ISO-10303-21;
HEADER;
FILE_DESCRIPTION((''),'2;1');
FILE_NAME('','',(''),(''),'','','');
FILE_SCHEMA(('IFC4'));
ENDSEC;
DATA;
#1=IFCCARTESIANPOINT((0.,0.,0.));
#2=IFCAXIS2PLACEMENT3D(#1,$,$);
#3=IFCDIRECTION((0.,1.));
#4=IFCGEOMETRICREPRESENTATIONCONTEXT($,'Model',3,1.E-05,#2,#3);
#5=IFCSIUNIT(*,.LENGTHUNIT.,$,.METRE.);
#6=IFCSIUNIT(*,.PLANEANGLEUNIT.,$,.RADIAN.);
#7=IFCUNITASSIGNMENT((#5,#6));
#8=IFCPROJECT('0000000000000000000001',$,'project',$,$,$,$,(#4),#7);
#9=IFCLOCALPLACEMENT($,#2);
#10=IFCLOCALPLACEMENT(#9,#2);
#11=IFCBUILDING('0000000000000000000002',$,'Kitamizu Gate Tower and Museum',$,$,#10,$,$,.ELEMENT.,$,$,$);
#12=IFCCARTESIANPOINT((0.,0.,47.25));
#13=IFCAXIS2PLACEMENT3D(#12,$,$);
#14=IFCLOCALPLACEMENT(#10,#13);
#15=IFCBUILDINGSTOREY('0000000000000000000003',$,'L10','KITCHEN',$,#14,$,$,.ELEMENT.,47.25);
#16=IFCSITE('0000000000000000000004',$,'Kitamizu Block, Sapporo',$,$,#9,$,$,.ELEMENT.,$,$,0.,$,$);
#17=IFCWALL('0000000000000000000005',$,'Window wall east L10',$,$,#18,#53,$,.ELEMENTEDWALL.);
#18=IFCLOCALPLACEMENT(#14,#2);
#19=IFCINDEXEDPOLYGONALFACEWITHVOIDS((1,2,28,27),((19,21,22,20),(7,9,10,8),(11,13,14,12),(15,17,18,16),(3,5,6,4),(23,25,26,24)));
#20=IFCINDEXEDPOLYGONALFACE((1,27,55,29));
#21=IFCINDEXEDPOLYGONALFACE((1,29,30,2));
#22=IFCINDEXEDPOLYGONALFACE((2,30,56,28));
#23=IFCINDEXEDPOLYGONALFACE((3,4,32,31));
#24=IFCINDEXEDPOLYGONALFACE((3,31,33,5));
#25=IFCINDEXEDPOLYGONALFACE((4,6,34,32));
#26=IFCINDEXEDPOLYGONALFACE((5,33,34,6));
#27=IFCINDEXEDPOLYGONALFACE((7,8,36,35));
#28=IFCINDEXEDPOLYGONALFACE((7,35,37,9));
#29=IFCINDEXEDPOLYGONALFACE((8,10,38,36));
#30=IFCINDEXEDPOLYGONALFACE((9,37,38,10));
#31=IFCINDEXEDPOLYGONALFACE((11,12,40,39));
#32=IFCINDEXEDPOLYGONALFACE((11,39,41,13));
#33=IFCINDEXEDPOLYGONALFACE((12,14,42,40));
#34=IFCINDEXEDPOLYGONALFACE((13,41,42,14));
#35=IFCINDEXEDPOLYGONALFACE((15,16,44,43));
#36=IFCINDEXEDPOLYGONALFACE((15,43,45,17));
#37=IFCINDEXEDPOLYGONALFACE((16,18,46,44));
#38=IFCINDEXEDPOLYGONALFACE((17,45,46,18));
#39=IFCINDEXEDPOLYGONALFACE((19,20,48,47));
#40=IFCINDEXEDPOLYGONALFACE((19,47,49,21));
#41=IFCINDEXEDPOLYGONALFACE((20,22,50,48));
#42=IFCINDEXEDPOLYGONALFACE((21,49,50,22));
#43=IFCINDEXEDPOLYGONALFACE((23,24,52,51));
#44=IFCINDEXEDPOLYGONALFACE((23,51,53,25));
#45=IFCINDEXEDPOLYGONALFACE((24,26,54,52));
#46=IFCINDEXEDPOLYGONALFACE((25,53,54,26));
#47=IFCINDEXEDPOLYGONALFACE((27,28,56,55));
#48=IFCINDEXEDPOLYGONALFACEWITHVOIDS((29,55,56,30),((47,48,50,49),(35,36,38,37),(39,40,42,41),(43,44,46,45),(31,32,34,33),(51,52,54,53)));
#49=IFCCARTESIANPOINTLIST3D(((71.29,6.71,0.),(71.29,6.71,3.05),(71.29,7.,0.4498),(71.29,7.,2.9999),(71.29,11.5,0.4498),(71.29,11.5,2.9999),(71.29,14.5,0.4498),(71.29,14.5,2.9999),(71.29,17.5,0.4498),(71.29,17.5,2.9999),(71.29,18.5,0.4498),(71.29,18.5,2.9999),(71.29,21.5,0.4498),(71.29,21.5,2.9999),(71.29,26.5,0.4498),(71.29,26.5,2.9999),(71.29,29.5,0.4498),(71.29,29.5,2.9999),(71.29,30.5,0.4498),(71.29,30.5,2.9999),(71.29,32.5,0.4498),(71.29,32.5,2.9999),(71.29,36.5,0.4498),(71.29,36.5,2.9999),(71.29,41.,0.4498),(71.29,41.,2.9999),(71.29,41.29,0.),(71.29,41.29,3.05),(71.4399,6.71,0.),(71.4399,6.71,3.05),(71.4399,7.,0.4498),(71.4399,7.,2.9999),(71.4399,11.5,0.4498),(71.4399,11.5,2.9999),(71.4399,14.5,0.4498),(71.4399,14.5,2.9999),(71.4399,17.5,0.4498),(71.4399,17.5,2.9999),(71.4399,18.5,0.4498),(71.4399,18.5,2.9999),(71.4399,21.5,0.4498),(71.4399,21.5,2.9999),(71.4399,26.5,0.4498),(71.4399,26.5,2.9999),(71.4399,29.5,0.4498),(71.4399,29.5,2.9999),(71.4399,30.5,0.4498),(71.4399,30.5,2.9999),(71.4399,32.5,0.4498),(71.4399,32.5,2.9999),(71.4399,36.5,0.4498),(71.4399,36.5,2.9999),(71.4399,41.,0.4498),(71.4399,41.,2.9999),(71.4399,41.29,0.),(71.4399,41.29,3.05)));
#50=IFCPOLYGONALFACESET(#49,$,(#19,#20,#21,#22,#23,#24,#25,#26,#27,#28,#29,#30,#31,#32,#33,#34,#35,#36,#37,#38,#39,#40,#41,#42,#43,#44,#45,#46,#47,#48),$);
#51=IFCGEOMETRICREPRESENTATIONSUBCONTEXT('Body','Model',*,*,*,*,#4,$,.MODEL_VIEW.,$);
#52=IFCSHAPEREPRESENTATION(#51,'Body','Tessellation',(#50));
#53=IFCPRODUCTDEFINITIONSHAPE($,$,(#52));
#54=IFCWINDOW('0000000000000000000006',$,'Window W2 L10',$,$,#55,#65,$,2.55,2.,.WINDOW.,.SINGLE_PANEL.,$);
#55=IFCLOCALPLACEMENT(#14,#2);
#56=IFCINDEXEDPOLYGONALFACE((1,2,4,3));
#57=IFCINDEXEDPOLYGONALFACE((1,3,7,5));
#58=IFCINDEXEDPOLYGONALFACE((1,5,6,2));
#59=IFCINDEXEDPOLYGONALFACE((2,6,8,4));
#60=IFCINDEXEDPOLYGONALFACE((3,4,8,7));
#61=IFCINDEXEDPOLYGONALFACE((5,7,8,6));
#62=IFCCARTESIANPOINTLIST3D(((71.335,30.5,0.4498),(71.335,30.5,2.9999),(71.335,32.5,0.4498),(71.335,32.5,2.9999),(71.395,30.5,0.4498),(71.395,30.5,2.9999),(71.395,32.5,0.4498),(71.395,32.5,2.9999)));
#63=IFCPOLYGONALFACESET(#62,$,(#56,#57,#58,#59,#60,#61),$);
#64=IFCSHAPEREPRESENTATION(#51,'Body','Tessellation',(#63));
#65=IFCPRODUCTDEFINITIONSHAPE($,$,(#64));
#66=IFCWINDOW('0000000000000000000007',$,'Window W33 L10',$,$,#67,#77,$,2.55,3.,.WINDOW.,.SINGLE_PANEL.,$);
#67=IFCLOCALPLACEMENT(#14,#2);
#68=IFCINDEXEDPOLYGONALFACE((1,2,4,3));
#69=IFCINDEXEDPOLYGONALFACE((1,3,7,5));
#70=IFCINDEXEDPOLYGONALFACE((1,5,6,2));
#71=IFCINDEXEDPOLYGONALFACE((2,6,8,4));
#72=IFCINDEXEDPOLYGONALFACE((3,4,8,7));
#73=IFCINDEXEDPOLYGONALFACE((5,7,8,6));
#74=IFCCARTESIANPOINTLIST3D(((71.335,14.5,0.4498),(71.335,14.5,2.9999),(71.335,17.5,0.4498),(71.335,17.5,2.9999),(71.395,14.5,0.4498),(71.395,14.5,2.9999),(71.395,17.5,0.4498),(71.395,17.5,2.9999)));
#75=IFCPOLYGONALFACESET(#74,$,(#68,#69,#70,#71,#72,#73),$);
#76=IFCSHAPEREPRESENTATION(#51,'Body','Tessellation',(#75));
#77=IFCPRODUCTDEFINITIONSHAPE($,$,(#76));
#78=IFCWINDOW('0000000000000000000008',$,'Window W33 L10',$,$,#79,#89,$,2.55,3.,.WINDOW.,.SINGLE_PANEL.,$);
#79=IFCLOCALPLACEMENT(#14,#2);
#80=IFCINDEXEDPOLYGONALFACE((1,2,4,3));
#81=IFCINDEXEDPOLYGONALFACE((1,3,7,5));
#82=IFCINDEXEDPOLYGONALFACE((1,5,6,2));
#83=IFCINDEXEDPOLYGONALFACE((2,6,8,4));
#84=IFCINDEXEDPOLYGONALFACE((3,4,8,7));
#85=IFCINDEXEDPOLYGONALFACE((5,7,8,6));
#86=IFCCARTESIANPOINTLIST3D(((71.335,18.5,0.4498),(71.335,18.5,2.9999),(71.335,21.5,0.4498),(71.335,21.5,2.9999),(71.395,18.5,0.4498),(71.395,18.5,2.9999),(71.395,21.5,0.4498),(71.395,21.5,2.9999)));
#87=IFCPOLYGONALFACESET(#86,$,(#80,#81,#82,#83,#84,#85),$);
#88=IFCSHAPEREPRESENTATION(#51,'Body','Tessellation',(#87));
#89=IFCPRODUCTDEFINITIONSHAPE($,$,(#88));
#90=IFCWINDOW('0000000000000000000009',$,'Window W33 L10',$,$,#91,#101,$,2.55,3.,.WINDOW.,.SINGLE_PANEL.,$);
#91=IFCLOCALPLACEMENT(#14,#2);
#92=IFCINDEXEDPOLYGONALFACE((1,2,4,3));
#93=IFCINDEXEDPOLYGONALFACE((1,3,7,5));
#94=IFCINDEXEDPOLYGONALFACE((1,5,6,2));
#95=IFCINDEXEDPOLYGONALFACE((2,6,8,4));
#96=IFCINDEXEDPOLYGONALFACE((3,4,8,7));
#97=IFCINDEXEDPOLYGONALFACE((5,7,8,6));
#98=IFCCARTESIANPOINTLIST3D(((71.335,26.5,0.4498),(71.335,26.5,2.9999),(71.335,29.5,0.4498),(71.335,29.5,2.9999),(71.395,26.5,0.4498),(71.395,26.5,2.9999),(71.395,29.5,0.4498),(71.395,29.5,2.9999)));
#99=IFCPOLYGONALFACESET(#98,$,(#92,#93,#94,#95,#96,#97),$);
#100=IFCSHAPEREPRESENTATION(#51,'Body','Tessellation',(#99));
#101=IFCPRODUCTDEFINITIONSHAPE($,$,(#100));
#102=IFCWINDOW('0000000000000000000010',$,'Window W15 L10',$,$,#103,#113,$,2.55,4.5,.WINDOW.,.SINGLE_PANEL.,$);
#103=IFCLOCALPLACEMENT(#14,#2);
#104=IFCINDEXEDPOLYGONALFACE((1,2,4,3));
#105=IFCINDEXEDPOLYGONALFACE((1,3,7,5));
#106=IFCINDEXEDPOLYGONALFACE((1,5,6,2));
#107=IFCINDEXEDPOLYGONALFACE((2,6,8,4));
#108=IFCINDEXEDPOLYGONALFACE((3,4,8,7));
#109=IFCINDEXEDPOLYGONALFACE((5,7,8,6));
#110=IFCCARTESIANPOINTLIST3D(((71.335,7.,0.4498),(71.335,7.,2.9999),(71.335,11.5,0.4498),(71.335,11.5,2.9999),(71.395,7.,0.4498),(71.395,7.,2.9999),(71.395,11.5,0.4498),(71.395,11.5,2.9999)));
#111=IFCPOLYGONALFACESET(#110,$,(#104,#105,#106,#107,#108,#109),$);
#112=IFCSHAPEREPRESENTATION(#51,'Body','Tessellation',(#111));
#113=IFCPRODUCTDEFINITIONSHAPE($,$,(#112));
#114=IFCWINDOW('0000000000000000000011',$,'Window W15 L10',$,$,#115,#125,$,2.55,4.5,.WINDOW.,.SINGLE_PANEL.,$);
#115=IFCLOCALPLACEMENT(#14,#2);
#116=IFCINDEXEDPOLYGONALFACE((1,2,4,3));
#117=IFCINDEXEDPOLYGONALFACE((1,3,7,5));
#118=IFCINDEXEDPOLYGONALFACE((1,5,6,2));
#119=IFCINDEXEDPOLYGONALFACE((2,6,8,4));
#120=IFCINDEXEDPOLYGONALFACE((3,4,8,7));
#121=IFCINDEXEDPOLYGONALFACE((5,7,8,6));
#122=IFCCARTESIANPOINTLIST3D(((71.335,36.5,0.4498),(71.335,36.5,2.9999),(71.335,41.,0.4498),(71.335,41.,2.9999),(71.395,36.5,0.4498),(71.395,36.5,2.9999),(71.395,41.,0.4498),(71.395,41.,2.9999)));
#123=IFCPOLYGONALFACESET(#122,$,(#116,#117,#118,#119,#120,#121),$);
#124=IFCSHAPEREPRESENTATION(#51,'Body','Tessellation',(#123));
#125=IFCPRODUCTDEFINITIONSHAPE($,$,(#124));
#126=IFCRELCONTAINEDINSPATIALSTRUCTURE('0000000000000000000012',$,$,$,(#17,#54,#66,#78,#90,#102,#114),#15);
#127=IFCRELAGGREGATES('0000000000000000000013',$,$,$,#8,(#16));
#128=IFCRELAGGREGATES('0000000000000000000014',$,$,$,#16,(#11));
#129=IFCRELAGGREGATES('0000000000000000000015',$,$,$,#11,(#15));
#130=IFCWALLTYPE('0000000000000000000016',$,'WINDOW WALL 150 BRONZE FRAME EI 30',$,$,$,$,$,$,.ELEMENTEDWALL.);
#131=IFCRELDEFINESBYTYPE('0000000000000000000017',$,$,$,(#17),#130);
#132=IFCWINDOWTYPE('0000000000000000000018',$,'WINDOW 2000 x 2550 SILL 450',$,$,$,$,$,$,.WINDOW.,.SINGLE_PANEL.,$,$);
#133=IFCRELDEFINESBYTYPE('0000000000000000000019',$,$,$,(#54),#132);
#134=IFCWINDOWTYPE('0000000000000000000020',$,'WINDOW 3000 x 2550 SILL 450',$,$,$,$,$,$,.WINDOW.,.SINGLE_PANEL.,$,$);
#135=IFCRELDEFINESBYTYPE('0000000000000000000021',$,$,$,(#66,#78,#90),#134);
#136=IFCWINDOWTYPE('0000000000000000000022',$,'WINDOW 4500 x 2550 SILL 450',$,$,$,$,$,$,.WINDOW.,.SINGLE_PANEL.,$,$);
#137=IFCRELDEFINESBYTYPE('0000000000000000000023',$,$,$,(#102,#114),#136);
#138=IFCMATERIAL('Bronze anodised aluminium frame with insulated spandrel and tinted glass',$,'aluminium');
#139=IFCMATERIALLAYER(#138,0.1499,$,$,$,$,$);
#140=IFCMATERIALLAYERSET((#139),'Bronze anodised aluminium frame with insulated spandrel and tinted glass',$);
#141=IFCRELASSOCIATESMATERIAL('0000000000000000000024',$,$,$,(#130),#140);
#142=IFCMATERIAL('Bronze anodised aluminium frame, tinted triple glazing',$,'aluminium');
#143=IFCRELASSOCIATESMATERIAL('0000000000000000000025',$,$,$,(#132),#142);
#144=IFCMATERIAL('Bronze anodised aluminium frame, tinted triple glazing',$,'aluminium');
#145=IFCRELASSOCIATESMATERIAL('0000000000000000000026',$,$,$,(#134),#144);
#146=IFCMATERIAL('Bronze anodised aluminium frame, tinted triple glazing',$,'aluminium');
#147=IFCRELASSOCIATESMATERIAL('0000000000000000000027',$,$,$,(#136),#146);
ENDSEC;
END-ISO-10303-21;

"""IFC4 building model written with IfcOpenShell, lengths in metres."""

from ifc_helpers import new_model, si_unit, direction, frame, frame_2d, origin, place, context, subcontext, project, spatial, rectangle, extrude, material, layer, layer_set, type_object, element, fill, save


model = new_model("IFC4")

# Units and contexts
model_context = context("Model", 3, precision=1e-05, world=origin(), true_north=direction((0.0, 1.0)))
body_context = subcontext(model_context, "Body", "Model", "MODEL_VIEW")
ifc_project = project(units=[si_unit("LENGTHUNIT", "METRE"), si_unit("PLANEANGLEUNIT", "RADIAN")], contexts=[model_context])

# Site, building, storey
site_placement = place(None, origin())
site = spatial("IfcSite", under=ifc_project, at=site_placement, Name="Kitamizu Block, Sapporo", CompositionType="ELEMENT", RefElevation=0.0)
building_placement = place(site_placement, origin())
building = spatial("IfcBuilding", under=site, at=building_placement, Name="Kitamizu Gate Tower and Museum", CompositionType="ELEMENT")
storey_placement = place(building_placement, frame((0.0, 0.0, 47.25)))
storey = spatial("IfcBuildingStorey", under=building, at=storey_placement, Name="L10", Description="KITCHEN", CompositionType="ELEMENT", Elevation=47.25)

# Shared definitions
ifc_material_1 = material(Name="Bronze anodised aluminium frame with insulated spandrel and tinted glass", Category="aluminium")
ifc_layer_1 = layer(ifc_material_1, 0.1499)
ifc_layer_set_1 = layer_set([ifc_layer_1], Name="Bronze anodised aluminium frame with insulated spandrel and tinted glass")
wall_type_1 = type_object("IfcWallType", Name="WINDOW WALL 150 BRONZE FRAME EI 30", PredefinedType="ELEMENTEDWALL", material=ifc_layer_set_1)

# Wall, openings, windows
wall_1_placement = place(storey_placement, frame((71.365, 6.71, 0.0), z_axis=(0.0, 0.0, 1.0), x_axis=(0.0, 1.0, 0.0)))
wall_1 = element("IfcWall", 1, at=wall_1_placement, inside=storey, type_object=wall_type_1, Name="Window wall east L10", PredefinedType="ELEMENTEDWALL", context=body_context, shape_type="SweptSolid", body=[
    extrude(rectangle(XDim=34.5801, YDim=0.1499, at=frame_2d((17.29, 0.0))), origin(), (0.0, 0.0, 1.0), 3.05),
])
opening_1_placement = place(wall_1_placement, frame((0.29, 0.0, 0.45)))
opening_1 = element("IfcOpeningElement", 2, at=opening_1_placement, cuts=wall_1, PredefinedType="OPENING", context=body_context, shape_type="SweptSolid", body=[
    extrude(rectangle(XDim=4.5, YDim=2.55, at=frame_2d((2.25, 1.2749))), frame((0.0, 0.085, 0.0), z_axis=(0.0, -1.0, 0.0), x_axis=(1.0, 0.0, 0.0)), (0.0, 0.0, 1.0), 0.1699),
])
opening_2_placement = place(wall_1_placement, frame((7.79, 0.0, 0.45)))
opening_2 = element("IfcOpeningElement", 3, at=opening_2_placement, cuts=wall_1, PredefinedType="OPENING", context=body_context, shape_type="SweptSolid", body=[
    extrude(rectangle(XDim=3.0, YDim=2.55, at=frame_2d((1.5, 1.2749))), frame((0.0, 0.085, 0.0), z_axis=(0.0, -1.0, 0.0), x_axis=(1.0, 0.0, 0.0)), (0.0, 0.0, 1.0), 0.1699),
])
opening_3_placement = place(wall_1_placement, frame((11.79, 0.0, 0.45)))
opening_3 = element("IfcOpeningElement", 4, at=opening_3_placement, cuts=wall_1, PredefinedType="OPENING", context=body_context, shape_type="SweptSolid", body=[
    extrude(rectangle(XDim=3.0, YDim=2.55, at=frame_2d((1.5, 1.2749))), frame((0.0, 0.085, 0.0), z_axis=(0.0, -1.0, 0.0), x_axis=(1.0, 0.0, 0.0)), (0.0, 0.0, 1.0), 0.1699),
])
opening_4_placement = place(wall_1_placement, frame((19.79, 0.0, 0.45)))
opening_4 = element("IfcOpeningElement", 5, at=opening_4_placement, cuts=wall_1, PredefinedType="OPENING", context=body_context, shape_type="SweptSolid", body=[
    extrude(rectangle(XDim=3.0, YDim=2.55, at=frame_2d((1.5, 1.2749))), frame((0.0, 0.085, 0.0), z_axis=(0.0, -1.0, 0.0), x_axis=(1.0, 0.0, 0.0)), (0.0, 0.0, 1.0), 0.1699),
])
opening_5_placement = place(wall_1_placement, frame((23.79, 0.0, 0.45)))
opening_5 = element("IfcOpeningElement", 6, at=opening_5_placement, cuts=wall_1, PredefinedType="OPENING", context=body_context, shape_type="SweptSolid", body=[
    extrude(rectangle(XDim=2.0, YDim=2.55, at=frame_2d((1.0, 1.2749))), frame((0.0, 0.085, 0.0), z_axis=(0.0, -1.0, 0.0), x_axis=(1.0, 0.0, 0.0)), (0.0, 0.0, 1.0), 0.1699),
])
opening_6_placement = place(wall_1_placement, frame((29.79, 0.0, 0.45)))
opening_6 = element("IfcOpeningElement", 7, at=opening_6_placement, cuts=wall_1, PredefinedType="OPENING", context=body_context, shape_type="SweptSolid", body=[
    extrude(rectangle(XDim=4.5, YDim=2.55, at=frame_2d((2.25, 1.2749))), frame((0.0, 0.085, 0.0), z_axis=(0.0, -1.0, 0.0), x_axis=(1.0, 0.0, 0.0)), (0.0, 0.0, 1.0), 0.1699),
])
ifc_material_2 = material(Name="Bronze anodised aluminium frame, tinted triple glazing", Category="aluminium")
window_type_1 = type_object("IfcWindowType", Name="WINDOW 2000 x 2550 SILL 450", PartitioningType="SINGLE_PANEL", PredefinedType="WINDOW", material=ifc_material_2)
window_1_placement = place(opening_5_placement, origin())
window_1 = element("IfcWindow", 8, at=window_1_placement, inside=storey, type_object=window_type_1, Name="Window W2 L10", OverallHeight=2.55, OverallWidth=2.0, PartitioningType="SINGLE_PANEL", PredefinedType="WINDOW", context=body_context, shape_type="SweptSolid", body=[
    extrude(rectangle(XDim=2.0, YDim=2.55, at=frame_2d((1.0, 1.2749))), frame((0.0, 0.03, 0.0), z_axis=(0.0, -1.0, 0.0), x_axis=(1.0, 0.0, 0.0)), (0.0, 0.0, 1.0), 0.0601),
])
fill(opening_5, window_1)
ifc_material_3 = material(Name="Bronze anodised aluminium frame, tinted triple glazing", Category="aluminium")
window_type_2 = type_object("IfcWindowType", Name="WINDOW 3000 x 2550 SILL 450", PartitioningType="SINGLE_PANEL", PredefinedType="WINDOW", material=ifc_material_3)
window_2_placement = place(opening_2_placement, origin())
window_2 = element("IfcWindow", 9, at=window_2_placement, inside=storey, type_object=window_type_2, Name="Window W33 L10", OverallHeight=2.55, OverallWidth=3.0, PartitioningType="SINGLE_PANEL", PredefinedType="WINDOW", context=body_context, shape_type="SweptSolid", body=[
    extrude(rectangle(XDim=3.0, YDim=2.55, at=frame_2d((1.5, 1.2749))), frame((0.0, 0.03, 0.0), z_axis=(0.0, -1.0, 0.0), x_axis=(1.0, 0.0, 0.0)), (0.0, 0.0, 1.0), 0.0601),
])
fill(opening_2, window_2)
window_3_placement = place(opening_3_placement, origin())
window_3 = element("IfcWindow", 10, at=window_3_placement, inside=storey, type_object=window_type_2, Name="Window W33 L10", OverallHeight=2.55, OverallWidth=3.0, PartitioningType="SINGLE_PANEL", PredefinedType="WINDOW", context=body_context, shape_type="SweptSolid", body=[
    extrude(rectangle(XDim=3.0, YDim=2.55, at=frame_2d((1.5, 1.2749))), frame((0.0, 0.03, 0.0), z_axis=(0.0, -1.0, 0.0), x_axis=(1.0, 0.0, 0.0)), (0.0, 0.0, 1.0), 0.0601),
])
fill(opening_3, window_3)
window_4_placement = place(opening_4_placement, origin())
window_4 = element("IfcWindow", 11, at=window_4_placement, inside=storey, type_object=window_type_2, Name="Window W33 L10", OverallHeight=2.55, OverallWidth=3.0, PartitioningType="SINGLE_PANEL", PredefinedType="WINDOW", context=body_context, shape_type="SweptSolid", body=[
    extrude(rectangle(XDim=3.0, YDim=2.55, at=frame_2d((1.5, 1.2749))), frame((0.0, 0.03, 0.0), z_axis=(0.0, -1.0, 0.0), x_axis=(1.0, 0.0, 0.0)), (0.0, 0.0, 1.0), 0.0601),
])
fill(opening_4, window_4)
ifc_material_4 = material(Name="Bronze anodised aluminium frame, tinted triple glazing", Category="aluminium")
window_type_3 = type_object("IfcWindowType", Name="WINDOW 4500 x 2550 SILL 450", PartitioningType="SINGLE_PANEL", PredefinedType="WINDOW", material=ifc_material_4)
window_5_placement = place(opening_1_placement, origin())
window_5 = element("IfcWindow", 12, at=window_5_placement, inside=storey, type_object=window_type_3, Name="Window W15 L10", OverallHeight=2.55, OverallWidth=4.5, PartitioningType="SINGLE_PANEL", PredefinedType="WINDOW", context=body_context, shape_type="SweptSolid", body=[
    extrude(rectangle(XDim=4.5, YDim=2.55, at=frame_2d((2.25, 1.2749))), frame((0.0, 0.03, 0.0), z_axis=(0.0, -1.0, 0.0), x_axis=(1.0, 0.0, 0.0)), (0.0, 0.0, 1.0), 0.0601),
])
fill(opening_1, window_5)
window_6_placement = place(opening_6_placement, origin())
window_6 = element("IfcWindow", 13, at=window_6_placement, inside=storey, type_object=window_type_3, Name="Window W15 L10", OverallHeight=2.55, OverallWidth=4.5, PartitioningType="SINGLE_PANEL", PredefinedType="WINDOW", context=body_context, shape_type="SweptSolid", body=[
    extrude(rectangle(XDim=4.5, YDim=2.55, at=frame_2d((2.25, 1.2749))), frame((0.0, 0.03, 0.0), z_axis=(0.0, -1.0, 0.0), x_axis=(1.0, 0.0, 0.0)), (0.0, 0.0, 1.0), 0.0601),
])
fill(opening_6, window_6)

save(model, "model.ifc")
